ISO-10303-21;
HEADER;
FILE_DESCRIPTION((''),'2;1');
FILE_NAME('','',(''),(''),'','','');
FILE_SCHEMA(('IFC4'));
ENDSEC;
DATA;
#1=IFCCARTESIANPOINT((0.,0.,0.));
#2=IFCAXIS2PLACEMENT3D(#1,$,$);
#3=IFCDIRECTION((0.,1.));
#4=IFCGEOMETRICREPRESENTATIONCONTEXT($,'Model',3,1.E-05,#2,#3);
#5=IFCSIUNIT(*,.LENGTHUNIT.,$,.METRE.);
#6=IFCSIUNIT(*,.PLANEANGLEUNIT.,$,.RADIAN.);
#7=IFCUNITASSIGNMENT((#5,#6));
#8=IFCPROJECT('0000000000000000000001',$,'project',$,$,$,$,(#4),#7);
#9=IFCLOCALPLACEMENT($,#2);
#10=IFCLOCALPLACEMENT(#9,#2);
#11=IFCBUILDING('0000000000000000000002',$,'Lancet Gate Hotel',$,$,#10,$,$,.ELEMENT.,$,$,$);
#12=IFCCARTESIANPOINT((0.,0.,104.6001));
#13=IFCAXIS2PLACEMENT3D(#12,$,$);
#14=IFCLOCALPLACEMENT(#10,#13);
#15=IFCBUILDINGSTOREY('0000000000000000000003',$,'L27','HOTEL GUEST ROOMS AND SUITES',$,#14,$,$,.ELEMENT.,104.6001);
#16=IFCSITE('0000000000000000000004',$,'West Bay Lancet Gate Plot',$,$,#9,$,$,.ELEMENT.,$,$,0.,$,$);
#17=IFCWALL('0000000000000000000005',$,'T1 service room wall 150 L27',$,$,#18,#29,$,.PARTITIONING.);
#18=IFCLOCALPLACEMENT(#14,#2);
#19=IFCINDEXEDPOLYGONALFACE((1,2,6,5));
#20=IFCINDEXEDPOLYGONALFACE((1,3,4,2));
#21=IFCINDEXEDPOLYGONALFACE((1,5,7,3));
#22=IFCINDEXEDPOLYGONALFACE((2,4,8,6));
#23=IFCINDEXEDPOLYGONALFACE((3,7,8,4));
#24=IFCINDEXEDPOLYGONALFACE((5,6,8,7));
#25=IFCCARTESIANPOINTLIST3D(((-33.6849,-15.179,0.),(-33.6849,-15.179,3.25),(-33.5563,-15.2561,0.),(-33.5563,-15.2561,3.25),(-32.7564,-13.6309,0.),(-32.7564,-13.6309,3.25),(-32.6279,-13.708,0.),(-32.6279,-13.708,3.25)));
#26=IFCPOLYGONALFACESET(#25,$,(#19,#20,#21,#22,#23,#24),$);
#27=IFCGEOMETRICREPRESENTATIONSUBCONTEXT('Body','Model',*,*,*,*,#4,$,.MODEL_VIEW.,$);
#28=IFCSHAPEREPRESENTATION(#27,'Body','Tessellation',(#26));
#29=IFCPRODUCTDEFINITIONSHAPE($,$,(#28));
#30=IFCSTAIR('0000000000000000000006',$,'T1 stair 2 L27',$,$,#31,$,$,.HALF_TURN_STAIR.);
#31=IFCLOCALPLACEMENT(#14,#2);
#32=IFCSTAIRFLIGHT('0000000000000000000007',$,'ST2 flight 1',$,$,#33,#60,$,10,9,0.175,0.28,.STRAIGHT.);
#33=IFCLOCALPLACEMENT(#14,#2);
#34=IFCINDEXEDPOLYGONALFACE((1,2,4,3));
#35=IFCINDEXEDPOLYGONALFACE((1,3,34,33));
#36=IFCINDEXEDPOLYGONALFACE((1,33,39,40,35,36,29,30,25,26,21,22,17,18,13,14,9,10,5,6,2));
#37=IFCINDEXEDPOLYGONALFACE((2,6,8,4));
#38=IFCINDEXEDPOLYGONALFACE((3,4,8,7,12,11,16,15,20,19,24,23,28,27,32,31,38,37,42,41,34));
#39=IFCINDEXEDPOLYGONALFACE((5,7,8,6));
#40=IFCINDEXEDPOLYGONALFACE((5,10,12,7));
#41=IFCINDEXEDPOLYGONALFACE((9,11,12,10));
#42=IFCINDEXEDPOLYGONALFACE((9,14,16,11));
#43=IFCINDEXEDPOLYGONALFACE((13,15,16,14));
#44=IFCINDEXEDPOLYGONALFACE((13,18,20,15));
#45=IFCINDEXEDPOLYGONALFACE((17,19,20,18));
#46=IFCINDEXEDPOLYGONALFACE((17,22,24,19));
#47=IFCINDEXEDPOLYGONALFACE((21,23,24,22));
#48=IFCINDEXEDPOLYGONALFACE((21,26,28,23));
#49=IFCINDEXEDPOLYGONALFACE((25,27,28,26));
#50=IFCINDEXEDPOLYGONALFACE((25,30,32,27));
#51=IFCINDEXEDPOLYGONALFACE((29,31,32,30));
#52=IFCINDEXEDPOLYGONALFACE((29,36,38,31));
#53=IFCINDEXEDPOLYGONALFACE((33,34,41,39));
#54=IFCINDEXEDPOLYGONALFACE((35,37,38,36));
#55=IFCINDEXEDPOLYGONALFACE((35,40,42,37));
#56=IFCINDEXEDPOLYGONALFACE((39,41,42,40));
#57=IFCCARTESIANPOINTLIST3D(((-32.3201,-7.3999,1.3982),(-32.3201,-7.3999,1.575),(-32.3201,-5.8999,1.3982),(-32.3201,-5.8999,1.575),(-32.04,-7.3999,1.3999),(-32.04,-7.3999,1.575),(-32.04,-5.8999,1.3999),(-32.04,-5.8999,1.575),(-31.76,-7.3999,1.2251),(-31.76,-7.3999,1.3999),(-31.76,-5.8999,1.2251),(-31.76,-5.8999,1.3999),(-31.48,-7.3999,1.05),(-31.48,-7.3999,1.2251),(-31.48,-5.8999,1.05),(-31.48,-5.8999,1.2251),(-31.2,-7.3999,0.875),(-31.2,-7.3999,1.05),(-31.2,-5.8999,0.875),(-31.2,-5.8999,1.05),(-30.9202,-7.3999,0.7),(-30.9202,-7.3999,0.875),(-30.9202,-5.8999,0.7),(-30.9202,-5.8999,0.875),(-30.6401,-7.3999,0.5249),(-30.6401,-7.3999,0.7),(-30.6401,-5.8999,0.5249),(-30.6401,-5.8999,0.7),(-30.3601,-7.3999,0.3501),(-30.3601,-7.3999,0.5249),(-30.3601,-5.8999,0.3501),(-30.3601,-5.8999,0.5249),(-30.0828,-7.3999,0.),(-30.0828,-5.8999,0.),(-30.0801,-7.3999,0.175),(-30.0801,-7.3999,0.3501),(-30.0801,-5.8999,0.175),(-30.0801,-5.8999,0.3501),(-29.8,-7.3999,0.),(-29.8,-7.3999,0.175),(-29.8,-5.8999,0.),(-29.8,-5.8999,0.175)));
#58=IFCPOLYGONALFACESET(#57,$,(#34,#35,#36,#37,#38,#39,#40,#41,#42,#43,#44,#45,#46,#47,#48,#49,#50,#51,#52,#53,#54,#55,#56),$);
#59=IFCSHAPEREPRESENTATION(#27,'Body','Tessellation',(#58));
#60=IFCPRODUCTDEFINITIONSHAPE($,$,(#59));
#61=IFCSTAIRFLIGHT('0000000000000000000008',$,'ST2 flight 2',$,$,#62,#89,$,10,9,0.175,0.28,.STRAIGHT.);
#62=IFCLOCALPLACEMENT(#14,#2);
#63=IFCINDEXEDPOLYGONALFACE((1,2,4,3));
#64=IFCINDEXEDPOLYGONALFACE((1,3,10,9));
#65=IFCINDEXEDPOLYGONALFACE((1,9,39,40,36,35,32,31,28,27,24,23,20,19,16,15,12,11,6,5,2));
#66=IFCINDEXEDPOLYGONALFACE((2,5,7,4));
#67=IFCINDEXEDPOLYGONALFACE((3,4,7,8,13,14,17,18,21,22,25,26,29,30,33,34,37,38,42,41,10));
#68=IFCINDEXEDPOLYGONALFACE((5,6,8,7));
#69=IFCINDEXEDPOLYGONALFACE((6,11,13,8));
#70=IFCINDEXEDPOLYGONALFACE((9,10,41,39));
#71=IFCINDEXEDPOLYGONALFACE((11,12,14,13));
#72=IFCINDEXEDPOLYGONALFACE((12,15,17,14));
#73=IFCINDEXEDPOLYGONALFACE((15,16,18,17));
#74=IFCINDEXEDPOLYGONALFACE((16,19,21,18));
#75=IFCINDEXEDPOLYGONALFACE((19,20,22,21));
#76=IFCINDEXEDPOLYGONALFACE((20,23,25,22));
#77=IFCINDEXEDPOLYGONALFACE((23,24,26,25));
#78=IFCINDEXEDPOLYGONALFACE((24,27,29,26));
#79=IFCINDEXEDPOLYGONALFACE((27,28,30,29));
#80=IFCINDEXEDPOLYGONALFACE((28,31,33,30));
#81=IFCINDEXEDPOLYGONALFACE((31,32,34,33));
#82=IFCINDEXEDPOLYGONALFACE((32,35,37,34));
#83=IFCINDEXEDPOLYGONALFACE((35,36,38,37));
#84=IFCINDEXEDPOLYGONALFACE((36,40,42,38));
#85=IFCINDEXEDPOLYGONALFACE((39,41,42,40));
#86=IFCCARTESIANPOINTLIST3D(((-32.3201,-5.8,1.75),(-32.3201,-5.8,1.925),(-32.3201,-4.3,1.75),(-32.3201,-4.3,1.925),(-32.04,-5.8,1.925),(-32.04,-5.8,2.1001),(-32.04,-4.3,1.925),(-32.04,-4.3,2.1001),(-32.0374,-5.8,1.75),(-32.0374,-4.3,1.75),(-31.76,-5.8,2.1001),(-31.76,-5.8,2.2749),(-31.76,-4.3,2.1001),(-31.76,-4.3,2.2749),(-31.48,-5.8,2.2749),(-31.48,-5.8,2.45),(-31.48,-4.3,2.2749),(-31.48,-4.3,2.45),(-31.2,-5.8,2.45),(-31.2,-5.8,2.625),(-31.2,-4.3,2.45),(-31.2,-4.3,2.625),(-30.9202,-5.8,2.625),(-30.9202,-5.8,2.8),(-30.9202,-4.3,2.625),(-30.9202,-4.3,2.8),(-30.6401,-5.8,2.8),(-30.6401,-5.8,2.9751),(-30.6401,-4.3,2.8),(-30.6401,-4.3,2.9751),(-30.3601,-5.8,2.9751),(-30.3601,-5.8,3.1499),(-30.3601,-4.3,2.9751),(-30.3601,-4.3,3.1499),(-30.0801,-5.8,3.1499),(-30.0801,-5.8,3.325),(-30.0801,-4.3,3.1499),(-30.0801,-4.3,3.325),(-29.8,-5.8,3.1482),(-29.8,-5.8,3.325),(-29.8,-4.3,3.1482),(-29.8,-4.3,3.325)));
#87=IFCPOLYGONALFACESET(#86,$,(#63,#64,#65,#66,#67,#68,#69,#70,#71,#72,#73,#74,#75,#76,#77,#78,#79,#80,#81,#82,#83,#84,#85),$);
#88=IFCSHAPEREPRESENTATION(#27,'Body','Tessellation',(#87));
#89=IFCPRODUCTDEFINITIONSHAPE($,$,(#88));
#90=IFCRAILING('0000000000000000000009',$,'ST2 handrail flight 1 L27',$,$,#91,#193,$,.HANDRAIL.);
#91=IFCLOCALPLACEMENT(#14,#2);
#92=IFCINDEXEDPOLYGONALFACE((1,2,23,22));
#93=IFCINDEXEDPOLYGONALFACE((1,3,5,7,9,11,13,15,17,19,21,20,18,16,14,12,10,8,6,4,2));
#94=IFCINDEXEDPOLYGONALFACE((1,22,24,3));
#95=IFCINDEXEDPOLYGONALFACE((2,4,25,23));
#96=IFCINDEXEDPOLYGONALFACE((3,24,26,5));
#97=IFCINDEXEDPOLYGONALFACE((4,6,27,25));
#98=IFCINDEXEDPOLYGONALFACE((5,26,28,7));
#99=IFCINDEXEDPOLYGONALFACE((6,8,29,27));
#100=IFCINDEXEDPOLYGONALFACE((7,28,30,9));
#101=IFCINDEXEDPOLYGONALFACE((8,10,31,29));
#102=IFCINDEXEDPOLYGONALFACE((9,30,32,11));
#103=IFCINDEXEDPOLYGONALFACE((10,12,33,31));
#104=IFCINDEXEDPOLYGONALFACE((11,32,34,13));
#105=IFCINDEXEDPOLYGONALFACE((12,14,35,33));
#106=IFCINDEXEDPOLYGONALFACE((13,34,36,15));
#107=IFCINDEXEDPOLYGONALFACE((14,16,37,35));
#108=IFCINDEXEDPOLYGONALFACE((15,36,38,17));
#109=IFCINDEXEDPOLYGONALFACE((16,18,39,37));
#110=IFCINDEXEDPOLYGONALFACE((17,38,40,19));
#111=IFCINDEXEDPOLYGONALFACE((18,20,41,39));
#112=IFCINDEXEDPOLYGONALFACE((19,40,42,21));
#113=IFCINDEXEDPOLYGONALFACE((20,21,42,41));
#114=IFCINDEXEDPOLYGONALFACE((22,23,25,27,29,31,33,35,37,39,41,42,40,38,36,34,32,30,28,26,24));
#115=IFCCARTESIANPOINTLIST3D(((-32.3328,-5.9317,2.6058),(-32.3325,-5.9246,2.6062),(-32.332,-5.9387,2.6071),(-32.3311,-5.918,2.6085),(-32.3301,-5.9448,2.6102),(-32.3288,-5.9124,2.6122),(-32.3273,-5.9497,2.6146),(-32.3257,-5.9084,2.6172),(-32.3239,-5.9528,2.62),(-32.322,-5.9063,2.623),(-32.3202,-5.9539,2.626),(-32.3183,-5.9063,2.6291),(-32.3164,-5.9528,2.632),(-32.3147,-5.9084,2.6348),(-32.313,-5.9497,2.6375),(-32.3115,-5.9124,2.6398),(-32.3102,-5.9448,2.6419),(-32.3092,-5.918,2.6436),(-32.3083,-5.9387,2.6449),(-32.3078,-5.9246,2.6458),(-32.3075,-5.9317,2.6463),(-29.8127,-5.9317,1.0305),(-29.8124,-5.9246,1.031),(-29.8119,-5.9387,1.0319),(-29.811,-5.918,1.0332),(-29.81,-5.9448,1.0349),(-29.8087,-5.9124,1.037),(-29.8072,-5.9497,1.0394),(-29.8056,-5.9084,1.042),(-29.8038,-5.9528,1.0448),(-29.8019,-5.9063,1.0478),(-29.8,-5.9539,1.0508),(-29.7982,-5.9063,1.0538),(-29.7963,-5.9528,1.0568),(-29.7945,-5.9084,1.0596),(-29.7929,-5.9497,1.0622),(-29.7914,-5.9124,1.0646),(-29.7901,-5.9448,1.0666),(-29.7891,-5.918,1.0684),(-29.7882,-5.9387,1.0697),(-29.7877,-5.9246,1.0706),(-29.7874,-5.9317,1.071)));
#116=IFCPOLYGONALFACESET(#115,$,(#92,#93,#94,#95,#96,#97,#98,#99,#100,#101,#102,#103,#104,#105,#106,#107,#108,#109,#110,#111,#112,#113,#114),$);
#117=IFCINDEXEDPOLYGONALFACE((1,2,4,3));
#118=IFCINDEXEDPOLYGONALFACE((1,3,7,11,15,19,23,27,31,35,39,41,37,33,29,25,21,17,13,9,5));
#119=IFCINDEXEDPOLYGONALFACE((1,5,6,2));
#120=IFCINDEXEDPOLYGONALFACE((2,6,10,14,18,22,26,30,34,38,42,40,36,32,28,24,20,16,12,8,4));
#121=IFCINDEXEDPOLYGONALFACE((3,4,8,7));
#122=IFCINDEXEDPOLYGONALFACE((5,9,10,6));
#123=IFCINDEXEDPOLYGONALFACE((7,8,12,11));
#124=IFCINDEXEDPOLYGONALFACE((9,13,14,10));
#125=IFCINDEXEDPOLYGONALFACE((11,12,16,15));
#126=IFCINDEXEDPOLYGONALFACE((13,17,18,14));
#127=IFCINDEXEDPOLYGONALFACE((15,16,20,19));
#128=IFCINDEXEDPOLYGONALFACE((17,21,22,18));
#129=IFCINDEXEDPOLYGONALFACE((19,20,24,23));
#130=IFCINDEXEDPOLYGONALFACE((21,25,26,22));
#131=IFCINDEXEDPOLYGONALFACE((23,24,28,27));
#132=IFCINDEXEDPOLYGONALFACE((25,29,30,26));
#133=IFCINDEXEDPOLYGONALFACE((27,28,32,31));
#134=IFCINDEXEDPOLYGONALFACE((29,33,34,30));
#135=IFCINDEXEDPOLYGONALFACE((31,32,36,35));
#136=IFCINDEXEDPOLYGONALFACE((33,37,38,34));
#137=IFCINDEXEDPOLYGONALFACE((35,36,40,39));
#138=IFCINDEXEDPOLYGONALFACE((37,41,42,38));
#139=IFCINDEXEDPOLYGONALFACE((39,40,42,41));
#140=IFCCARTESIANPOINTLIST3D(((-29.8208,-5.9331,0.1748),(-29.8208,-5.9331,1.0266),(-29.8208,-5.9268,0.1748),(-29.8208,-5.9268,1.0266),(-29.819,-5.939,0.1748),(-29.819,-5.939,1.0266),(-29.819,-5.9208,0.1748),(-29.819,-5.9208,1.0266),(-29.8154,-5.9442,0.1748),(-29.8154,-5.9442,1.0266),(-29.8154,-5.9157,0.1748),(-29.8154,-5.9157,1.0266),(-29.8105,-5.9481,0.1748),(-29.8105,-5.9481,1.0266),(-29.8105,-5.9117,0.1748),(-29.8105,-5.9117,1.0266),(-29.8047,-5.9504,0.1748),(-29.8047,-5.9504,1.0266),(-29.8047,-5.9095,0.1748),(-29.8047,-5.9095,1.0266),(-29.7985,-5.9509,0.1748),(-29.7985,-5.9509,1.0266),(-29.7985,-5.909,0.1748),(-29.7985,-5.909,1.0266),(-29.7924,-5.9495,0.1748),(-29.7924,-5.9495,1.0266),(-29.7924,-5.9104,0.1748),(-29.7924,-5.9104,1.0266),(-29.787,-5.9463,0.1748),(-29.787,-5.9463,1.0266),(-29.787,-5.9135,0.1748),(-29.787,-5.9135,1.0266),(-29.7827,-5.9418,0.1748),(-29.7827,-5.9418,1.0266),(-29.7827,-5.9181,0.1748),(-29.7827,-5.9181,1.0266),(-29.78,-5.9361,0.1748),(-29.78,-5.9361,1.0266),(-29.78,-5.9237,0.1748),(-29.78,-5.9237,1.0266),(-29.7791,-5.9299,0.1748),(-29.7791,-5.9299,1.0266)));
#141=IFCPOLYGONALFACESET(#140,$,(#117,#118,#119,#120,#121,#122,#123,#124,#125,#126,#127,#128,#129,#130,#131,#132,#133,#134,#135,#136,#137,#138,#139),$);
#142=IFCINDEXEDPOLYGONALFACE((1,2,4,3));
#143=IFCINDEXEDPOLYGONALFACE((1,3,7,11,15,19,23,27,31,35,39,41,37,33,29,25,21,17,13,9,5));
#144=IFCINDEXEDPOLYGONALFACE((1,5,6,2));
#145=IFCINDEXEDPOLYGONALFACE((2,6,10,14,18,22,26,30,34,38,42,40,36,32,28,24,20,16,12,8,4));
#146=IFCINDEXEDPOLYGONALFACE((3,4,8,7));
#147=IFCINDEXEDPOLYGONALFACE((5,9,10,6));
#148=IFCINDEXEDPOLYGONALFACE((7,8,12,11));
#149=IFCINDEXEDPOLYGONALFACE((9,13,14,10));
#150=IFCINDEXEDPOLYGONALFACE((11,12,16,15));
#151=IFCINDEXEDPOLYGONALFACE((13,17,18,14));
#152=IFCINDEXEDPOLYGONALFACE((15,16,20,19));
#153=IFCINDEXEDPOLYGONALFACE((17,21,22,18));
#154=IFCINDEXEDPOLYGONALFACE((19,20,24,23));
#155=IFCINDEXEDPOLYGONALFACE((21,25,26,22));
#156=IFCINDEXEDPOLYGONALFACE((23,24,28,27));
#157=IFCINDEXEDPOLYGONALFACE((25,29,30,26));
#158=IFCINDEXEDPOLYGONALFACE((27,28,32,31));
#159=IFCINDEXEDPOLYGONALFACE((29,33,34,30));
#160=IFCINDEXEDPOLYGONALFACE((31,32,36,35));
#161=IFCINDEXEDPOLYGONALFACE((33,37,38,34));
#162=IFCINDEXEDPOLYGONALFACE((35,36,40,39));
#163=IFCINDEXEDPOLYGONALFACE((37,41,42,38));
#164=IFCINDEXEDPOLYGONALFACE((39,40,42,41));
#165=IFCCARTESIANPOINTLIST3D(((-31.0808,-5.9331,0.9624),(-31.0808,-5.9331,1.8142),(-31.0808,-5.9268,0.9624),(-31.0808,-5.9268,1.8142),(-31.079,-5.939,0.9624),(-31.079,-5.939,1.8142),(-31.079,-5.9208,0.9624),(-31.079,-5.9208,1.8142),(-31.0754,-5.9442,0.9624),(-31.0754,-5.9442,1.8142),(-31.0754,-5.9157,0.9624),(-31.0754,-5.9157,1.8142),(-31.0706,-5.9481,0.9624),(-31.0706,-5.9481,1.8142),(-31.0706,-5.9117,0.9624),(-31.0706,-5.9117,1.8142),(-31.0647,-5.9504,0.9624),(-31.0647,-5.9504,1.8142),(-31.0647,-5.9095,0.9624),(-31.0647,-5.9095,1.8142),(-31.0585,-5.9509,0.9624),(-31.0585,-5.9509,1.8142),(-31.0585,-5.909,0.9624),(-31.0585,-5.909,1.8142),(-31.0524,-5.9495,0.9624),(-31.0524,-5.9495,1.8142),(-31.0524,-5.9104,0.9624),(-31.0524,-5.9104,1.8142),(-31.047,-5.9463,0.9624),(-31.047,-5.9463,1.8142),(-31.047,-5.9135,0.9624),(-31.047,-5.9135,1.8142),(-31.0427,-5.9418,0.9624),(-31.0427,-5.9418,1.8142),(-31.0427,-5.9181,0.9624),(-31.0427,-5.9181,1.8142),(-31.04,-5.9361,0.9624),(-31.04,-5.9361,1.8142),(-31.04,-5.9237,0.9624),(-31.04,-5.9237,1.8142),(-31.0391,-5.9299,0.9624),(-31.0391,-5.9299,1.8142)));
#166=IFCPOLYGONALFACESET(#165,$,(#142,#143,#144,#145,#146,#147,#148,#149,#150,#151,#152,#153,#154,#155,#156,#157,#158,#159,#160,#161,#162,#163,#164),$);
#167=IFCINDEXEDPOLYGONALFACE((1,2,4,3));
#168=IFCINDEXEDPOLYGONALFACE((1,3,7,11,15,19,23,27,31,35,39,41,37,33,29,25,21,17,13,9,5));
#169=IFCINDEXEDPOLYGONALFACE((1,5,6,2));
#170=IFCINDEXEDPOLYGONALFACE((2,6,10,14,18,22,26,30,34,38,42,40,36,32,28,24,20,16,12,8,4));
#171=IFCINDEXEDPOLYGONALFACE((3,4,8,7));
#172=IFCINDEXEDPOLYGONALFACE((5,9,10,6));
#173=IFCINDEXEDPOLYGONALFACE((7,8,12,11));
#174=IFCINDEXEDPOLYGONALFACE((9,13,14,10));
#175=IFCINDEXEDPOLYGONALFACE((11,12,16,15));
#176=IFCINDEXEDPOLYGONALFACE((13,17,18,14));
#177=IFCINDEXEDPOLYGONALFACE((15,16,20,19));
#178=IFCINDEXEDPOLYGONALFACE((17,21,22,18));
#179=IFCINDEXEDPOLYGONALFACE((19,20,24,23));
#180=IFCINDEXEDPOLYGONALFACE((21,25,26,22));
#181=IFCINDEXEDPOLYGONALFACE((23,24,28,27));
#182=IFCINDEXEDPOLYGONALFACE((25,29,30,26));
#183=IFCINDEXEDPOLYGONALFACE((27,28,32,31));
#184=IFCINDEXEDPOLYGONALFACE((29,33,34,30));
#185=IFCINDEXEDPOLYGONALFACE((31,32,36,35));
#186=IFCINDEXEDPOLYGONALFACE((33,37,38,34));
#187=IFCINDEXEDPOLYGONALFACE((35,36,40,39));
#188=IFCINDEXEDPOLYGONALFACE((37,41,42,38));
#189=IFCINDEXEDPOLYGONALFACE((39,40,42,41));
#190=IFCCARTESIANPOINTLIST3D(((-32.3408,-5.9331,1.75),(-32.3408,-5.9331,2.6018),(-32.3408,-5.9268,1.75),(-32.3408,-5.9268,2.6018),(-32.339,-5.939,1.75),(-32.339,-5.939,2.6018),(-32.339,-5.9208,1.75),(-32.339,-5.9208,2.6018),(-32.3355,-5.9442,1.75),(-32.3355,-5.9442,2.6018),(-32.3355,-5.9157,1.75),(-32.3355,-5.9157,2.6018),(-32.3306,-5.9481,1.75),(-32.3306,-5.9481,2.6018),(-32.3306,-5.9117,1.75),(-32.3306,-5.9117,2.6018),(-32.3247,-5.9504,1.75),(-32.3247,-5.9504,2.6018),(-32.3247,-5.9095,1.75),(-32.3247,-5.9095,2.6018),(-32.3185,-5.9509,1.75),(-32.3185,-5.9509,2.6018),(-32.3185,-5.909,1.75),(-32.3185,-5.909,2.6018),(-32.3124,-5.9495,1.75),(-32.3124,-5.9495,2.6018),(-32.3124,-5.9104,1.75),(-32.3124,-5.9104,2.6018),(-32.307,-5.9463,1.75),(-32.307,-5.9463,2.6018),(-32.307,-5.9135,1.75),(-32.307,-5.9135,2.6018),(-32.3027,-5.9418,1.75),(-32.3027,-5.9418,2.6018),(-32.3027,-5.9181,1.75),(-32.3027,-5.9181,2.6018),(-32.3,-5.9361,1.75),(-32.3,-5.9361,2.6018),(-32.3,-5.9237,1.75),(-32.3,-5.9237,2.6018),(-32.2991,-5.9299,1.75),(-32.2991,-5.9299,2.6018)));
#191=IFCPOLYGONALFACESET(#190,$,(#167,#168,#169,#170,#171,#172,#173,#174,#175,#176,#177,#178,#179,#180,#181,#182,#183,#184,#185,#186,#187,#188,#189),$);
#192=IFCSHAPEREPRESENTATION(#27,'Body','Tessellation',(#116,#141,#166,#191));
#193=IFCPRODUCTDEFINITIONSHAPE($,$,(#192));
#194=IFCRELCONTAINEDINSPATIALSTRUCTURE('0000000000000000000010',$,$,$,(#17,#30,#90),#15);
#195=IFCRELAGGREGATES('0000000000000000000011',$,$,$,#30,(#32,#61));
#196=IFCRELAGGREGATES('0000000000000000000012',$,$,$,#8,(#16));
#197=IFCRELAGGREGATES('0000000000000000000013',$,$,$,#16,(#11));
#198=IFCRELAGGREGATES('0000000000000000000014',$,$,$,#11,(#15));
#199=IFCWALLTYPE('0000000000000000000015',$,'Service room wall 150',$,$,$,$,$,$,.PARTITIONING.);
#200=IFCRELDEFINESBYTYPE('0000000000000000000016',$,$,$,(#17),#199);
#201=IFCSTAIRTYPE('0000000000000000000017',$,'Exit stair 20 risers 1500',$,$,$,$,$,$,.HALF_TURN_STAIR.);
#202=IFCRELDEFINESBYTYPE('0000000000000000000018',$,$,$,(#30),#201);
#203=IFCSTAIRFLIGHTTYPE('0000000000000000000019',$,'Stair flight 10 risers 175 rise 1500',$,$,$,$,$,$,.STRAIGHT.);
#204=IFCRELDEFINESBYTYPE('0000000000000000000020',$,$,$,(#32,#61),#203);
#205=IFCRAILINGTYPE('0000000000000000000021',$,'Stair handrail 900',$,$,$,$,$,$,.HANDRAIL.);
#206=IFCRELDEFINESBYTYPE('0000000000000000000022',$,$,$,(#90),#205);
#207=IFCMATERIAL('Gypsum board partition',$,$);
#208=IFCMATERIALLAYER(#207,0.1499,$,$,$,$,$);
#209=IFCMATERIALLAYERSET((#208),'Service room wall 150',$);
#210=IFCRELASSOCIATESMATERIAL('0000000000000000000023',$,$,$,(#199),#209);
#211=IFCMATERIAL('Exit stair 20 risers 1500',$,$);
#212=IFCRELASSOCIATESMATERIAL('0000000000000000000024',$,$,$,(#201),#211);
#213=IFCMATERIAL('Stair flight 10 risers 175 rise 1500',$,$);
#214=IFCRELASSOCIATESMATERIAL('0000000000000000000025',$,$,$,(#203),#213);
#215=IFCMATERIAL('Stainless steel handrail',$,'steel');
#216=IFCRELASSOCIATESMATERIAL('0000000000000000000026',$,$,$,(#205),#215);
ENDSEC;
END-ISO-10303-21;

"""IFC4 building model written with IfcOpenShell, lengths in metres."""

from ifc_helpers import new_model, si_unit, direction, frame, frame_2d, origin, origin_2d, place, context, subcontext, project, spatial, polyline, rectangle, circle, outline, extrude, material, layer, layer_set, type_object, element, aggregate, save


model = new_model("IFC4")

# Units and contexts
model_context = context("Model", 3, precision=1e-05, world=origin(), true_north=direction((0.0, 1.0)))
body_context = subcontext(model_context, "Body", "Model", "MODEL_VIEW")
ifc_project = project(units=[si_unit("LENGTHUNIT", "METRE"), si_unit("PLANEANGLEUNIT", "RADIAN")], contexts=[model_context])

# Site, building, storey
site_placement = place(None, origin())
site = spatial("IfcSite", under=ifc_project, at=site_placement, Name="West Bay Lancet Gate Plot", CompositionType="ELEMENT", RefElevation=0.0)
building_placement = place(site_placement, origin())
building = spatial("IfcBuilding", under=site, at=building_placement, Name="Lancet Gate Hotel", CompositionType="ELEMENT")
storey_placement = place(building_placement, frame((0.0, 0.0, 104.6001)))
storey = spatial("IfcBuildingStorey", under=building, at=storey_placement, Name="L27", Description="HOTEL GUEST ROOMS AND SUITES", CompositionType="ELEMENT", Elevation=104.6001)

# Wall
ifc_material_1 = material(Name="Gypsum board partition")
ifc_layer_1 = layer(ifc_material_1, 0.1499)
ifc_layer_set_1 = layer_set([ifc_layer_1], Name="Service room wall 150")
wall_type_1 = type_object("IfcWallType", Name="Service room wall 150", PredefinedType="PARTITIONING", material=ifc_layer_set_1)
wall_1_placement = place(storey_placement, frame((-33.6206, -15.2175, 0.0), z_axis=(0.0, 0.0, 1.0), x_axis=(0.514337, 0.857588, 0.0)))
element("IfcWall", 1, at=wall_1_placement, inside=storey, type_object=wall_type_1, Name="T1 service room wall 150 L27", PredefinedType="PARTITIONING", context=body_context, shape_type="SweptSolid", body=[
    extrude(rectangle(XDim=1.8052, YDim=0.1499, at=frame_2d((0.9026, 0.0))), origin(), (0.0, 0.0, 1.0), 3.25),
])

# Stair, stair flights
ifc_material_2 = material(Name="Exit stair 20 risers 1500")
stair_type = type_object("IfcStairType", Name="Exit stair 20 risers 1500", PredefinedType="HALF_TURN_STAIR", material=ifc_material_2)
stair_placement = place(storey_placement, origin())
stair = element("IfcStair", 2, at=stair_placement, inside=storey, type_object=stair_type, Name="T1 stair 2 L27", PredefinedType="HALF_TURN_STAIR")
ifc_material_3 = material(Name="Stair flight 10 risers 175 rise 1500")
stair_flight_type = type_object("IfcStairFlightType", Name="Stair flight 10 risers 175 rise 1500", PredefinedType="STRAIGHT", material=ifc_material_3)
stair_flight_1_placement = place(storey_placement, frame((-29.8, -6.6499, 0.0), z_axis=(0.0, 0.0, 1.0), x_axis=(-1.0, 0.0, 0.0)))
stair_flight_1 = element("IfcStairFlight", 3, at=stair_flight_1_placement, type_object=stair_flight_type, Name="ST2 flight 1", NumberOfRisers=10, NumberOfTreads=9, PredefinedType="STRAIGHT", RiserHeight=0.175, TreadLength=0.28, context=body_context, shape_type="SweptSolid", body=[
    extrude(outline(polyline([(0.0, 0.0), (0.0, 0.175), (0.28, 0.175), (0.28, 0.3501), (0.5601, 0.3501), (0.5601, 0.5249), (0.8401, 0.5249), (0.8401, 0.7), (1.1201, 0.7), (1.1201, 0.875), (1.3999, 0.875), (1.3999, 1.05), (1.6799, 1.05), (1.6799, 1.2251), (1.96, 1.2251), (1.96, 1.3999), (2.24, 1.3999), (2.24, 1.575), (2.52, 1.575), (2.52, 1.75), (2.52, 1.3982), (0.2827, 0.0), (0.0, 0.0)])), frame((0.0, 0.75, 0.0), z_axis=(0.0, -1.0, 0.0), x_axis=(1.0, 0.0, 0.0)), (0.0, 0.0, 1.0), 1.5),
])
stair_flight_2_placement = place(storey_placement, frame((-32.3201, -5.05, 1.75), z_axis=(0.0, 0.0, 1.0), x_axis=(1.0, 0.0, 0.0)))
stair_flight_2 = element("IfcStairFlight", 4, at=stair_flight_2_placement, type_object=stair_flight_type, Name="ST2 flight 2", NumberOfRisers=10, NumberOfTreads=9, PredefinedType="STRAIGHT", RiserHeight=0.175, TreadLength=0.28, context=body_context, shape_type="SweptSolid", body=[
    extrude(outline(polyline([(0.0, 0.0), (0.0, 0.175), (0.28, 0.175), (0.28, 0.3501), (0.5601, 0.3501), (0.5601, 0.5249), (0.8401, 0.5249), (0.8401, 0.7), (1.1201, 0.7), (1.1201, 0.875), (1.3999, 0.875), (1.3999, 1.05), (1.6799, 1.05), (1.6799, 1.2251), (1.96, 1.2251), (1.96, 1.3999), (2.24, 1.3999), (2.24, 1.575), (2.52, 1.575), (2.52, 1.75), (2.52, 1.3982), (0.2827, 0.0), (0.0, 0.0)])), frame((0.0, 0.75, 0.0), z_axis=(0.0, -1.0, 0.0), x_axis=(1.0, 0.0, 0.0)), (0.0, 0.0, 1.0), 1.5),
])
aggregate(stair, [stair_flight_1, stair_flight_2])

# Railing
ifc_material_4 = material(Name="Stainless steel handrail", Category="steel")
railing_type = type_object("IfcRailingType", Name="Stair handrail 900", PredefinedType="HANDRAIL", material=ifc_material_4)
railing_1_placement = place(storey_placement, frame((-29.8, -5.9299, 0.1748)))
element("IfcRailing", 5, at=railing_1_placement, inside=storey, type_object=railing_type, Name="ST2 handrail flight 1 L27", PredefinedType="HANDRAIL", context=body_context, shape_type="SweptSolid", body=[
    extrude(circle(Radius=0.0239, at=origin_2d()), frame((0.0, 0.0, 0.876), z_axis=(-0.847971, 0.0, 0.530043), x_axis=(0.0, -1.0, 0.0)), (0.0, 0.0, 1.0), 2.9719),
    extrude(circle(Radius=0.021, at=origin_2d()), origin(), (0.0, 0.0, 1.0), 0.8518),
    extrude(circle(Radius=0.021, at=origin_2d()), frame((-1.26, 0.0, 0.7876)), (0.0, 0.0, 1.0), 0.8518),
    extrude(circle(Radius=0.021, at=origin_2d()), frame((-2.52, 0.0, 1.5752)), (0.0, 0.0, 1.0), 0.8518),
])

save(model, "model.ifc")
